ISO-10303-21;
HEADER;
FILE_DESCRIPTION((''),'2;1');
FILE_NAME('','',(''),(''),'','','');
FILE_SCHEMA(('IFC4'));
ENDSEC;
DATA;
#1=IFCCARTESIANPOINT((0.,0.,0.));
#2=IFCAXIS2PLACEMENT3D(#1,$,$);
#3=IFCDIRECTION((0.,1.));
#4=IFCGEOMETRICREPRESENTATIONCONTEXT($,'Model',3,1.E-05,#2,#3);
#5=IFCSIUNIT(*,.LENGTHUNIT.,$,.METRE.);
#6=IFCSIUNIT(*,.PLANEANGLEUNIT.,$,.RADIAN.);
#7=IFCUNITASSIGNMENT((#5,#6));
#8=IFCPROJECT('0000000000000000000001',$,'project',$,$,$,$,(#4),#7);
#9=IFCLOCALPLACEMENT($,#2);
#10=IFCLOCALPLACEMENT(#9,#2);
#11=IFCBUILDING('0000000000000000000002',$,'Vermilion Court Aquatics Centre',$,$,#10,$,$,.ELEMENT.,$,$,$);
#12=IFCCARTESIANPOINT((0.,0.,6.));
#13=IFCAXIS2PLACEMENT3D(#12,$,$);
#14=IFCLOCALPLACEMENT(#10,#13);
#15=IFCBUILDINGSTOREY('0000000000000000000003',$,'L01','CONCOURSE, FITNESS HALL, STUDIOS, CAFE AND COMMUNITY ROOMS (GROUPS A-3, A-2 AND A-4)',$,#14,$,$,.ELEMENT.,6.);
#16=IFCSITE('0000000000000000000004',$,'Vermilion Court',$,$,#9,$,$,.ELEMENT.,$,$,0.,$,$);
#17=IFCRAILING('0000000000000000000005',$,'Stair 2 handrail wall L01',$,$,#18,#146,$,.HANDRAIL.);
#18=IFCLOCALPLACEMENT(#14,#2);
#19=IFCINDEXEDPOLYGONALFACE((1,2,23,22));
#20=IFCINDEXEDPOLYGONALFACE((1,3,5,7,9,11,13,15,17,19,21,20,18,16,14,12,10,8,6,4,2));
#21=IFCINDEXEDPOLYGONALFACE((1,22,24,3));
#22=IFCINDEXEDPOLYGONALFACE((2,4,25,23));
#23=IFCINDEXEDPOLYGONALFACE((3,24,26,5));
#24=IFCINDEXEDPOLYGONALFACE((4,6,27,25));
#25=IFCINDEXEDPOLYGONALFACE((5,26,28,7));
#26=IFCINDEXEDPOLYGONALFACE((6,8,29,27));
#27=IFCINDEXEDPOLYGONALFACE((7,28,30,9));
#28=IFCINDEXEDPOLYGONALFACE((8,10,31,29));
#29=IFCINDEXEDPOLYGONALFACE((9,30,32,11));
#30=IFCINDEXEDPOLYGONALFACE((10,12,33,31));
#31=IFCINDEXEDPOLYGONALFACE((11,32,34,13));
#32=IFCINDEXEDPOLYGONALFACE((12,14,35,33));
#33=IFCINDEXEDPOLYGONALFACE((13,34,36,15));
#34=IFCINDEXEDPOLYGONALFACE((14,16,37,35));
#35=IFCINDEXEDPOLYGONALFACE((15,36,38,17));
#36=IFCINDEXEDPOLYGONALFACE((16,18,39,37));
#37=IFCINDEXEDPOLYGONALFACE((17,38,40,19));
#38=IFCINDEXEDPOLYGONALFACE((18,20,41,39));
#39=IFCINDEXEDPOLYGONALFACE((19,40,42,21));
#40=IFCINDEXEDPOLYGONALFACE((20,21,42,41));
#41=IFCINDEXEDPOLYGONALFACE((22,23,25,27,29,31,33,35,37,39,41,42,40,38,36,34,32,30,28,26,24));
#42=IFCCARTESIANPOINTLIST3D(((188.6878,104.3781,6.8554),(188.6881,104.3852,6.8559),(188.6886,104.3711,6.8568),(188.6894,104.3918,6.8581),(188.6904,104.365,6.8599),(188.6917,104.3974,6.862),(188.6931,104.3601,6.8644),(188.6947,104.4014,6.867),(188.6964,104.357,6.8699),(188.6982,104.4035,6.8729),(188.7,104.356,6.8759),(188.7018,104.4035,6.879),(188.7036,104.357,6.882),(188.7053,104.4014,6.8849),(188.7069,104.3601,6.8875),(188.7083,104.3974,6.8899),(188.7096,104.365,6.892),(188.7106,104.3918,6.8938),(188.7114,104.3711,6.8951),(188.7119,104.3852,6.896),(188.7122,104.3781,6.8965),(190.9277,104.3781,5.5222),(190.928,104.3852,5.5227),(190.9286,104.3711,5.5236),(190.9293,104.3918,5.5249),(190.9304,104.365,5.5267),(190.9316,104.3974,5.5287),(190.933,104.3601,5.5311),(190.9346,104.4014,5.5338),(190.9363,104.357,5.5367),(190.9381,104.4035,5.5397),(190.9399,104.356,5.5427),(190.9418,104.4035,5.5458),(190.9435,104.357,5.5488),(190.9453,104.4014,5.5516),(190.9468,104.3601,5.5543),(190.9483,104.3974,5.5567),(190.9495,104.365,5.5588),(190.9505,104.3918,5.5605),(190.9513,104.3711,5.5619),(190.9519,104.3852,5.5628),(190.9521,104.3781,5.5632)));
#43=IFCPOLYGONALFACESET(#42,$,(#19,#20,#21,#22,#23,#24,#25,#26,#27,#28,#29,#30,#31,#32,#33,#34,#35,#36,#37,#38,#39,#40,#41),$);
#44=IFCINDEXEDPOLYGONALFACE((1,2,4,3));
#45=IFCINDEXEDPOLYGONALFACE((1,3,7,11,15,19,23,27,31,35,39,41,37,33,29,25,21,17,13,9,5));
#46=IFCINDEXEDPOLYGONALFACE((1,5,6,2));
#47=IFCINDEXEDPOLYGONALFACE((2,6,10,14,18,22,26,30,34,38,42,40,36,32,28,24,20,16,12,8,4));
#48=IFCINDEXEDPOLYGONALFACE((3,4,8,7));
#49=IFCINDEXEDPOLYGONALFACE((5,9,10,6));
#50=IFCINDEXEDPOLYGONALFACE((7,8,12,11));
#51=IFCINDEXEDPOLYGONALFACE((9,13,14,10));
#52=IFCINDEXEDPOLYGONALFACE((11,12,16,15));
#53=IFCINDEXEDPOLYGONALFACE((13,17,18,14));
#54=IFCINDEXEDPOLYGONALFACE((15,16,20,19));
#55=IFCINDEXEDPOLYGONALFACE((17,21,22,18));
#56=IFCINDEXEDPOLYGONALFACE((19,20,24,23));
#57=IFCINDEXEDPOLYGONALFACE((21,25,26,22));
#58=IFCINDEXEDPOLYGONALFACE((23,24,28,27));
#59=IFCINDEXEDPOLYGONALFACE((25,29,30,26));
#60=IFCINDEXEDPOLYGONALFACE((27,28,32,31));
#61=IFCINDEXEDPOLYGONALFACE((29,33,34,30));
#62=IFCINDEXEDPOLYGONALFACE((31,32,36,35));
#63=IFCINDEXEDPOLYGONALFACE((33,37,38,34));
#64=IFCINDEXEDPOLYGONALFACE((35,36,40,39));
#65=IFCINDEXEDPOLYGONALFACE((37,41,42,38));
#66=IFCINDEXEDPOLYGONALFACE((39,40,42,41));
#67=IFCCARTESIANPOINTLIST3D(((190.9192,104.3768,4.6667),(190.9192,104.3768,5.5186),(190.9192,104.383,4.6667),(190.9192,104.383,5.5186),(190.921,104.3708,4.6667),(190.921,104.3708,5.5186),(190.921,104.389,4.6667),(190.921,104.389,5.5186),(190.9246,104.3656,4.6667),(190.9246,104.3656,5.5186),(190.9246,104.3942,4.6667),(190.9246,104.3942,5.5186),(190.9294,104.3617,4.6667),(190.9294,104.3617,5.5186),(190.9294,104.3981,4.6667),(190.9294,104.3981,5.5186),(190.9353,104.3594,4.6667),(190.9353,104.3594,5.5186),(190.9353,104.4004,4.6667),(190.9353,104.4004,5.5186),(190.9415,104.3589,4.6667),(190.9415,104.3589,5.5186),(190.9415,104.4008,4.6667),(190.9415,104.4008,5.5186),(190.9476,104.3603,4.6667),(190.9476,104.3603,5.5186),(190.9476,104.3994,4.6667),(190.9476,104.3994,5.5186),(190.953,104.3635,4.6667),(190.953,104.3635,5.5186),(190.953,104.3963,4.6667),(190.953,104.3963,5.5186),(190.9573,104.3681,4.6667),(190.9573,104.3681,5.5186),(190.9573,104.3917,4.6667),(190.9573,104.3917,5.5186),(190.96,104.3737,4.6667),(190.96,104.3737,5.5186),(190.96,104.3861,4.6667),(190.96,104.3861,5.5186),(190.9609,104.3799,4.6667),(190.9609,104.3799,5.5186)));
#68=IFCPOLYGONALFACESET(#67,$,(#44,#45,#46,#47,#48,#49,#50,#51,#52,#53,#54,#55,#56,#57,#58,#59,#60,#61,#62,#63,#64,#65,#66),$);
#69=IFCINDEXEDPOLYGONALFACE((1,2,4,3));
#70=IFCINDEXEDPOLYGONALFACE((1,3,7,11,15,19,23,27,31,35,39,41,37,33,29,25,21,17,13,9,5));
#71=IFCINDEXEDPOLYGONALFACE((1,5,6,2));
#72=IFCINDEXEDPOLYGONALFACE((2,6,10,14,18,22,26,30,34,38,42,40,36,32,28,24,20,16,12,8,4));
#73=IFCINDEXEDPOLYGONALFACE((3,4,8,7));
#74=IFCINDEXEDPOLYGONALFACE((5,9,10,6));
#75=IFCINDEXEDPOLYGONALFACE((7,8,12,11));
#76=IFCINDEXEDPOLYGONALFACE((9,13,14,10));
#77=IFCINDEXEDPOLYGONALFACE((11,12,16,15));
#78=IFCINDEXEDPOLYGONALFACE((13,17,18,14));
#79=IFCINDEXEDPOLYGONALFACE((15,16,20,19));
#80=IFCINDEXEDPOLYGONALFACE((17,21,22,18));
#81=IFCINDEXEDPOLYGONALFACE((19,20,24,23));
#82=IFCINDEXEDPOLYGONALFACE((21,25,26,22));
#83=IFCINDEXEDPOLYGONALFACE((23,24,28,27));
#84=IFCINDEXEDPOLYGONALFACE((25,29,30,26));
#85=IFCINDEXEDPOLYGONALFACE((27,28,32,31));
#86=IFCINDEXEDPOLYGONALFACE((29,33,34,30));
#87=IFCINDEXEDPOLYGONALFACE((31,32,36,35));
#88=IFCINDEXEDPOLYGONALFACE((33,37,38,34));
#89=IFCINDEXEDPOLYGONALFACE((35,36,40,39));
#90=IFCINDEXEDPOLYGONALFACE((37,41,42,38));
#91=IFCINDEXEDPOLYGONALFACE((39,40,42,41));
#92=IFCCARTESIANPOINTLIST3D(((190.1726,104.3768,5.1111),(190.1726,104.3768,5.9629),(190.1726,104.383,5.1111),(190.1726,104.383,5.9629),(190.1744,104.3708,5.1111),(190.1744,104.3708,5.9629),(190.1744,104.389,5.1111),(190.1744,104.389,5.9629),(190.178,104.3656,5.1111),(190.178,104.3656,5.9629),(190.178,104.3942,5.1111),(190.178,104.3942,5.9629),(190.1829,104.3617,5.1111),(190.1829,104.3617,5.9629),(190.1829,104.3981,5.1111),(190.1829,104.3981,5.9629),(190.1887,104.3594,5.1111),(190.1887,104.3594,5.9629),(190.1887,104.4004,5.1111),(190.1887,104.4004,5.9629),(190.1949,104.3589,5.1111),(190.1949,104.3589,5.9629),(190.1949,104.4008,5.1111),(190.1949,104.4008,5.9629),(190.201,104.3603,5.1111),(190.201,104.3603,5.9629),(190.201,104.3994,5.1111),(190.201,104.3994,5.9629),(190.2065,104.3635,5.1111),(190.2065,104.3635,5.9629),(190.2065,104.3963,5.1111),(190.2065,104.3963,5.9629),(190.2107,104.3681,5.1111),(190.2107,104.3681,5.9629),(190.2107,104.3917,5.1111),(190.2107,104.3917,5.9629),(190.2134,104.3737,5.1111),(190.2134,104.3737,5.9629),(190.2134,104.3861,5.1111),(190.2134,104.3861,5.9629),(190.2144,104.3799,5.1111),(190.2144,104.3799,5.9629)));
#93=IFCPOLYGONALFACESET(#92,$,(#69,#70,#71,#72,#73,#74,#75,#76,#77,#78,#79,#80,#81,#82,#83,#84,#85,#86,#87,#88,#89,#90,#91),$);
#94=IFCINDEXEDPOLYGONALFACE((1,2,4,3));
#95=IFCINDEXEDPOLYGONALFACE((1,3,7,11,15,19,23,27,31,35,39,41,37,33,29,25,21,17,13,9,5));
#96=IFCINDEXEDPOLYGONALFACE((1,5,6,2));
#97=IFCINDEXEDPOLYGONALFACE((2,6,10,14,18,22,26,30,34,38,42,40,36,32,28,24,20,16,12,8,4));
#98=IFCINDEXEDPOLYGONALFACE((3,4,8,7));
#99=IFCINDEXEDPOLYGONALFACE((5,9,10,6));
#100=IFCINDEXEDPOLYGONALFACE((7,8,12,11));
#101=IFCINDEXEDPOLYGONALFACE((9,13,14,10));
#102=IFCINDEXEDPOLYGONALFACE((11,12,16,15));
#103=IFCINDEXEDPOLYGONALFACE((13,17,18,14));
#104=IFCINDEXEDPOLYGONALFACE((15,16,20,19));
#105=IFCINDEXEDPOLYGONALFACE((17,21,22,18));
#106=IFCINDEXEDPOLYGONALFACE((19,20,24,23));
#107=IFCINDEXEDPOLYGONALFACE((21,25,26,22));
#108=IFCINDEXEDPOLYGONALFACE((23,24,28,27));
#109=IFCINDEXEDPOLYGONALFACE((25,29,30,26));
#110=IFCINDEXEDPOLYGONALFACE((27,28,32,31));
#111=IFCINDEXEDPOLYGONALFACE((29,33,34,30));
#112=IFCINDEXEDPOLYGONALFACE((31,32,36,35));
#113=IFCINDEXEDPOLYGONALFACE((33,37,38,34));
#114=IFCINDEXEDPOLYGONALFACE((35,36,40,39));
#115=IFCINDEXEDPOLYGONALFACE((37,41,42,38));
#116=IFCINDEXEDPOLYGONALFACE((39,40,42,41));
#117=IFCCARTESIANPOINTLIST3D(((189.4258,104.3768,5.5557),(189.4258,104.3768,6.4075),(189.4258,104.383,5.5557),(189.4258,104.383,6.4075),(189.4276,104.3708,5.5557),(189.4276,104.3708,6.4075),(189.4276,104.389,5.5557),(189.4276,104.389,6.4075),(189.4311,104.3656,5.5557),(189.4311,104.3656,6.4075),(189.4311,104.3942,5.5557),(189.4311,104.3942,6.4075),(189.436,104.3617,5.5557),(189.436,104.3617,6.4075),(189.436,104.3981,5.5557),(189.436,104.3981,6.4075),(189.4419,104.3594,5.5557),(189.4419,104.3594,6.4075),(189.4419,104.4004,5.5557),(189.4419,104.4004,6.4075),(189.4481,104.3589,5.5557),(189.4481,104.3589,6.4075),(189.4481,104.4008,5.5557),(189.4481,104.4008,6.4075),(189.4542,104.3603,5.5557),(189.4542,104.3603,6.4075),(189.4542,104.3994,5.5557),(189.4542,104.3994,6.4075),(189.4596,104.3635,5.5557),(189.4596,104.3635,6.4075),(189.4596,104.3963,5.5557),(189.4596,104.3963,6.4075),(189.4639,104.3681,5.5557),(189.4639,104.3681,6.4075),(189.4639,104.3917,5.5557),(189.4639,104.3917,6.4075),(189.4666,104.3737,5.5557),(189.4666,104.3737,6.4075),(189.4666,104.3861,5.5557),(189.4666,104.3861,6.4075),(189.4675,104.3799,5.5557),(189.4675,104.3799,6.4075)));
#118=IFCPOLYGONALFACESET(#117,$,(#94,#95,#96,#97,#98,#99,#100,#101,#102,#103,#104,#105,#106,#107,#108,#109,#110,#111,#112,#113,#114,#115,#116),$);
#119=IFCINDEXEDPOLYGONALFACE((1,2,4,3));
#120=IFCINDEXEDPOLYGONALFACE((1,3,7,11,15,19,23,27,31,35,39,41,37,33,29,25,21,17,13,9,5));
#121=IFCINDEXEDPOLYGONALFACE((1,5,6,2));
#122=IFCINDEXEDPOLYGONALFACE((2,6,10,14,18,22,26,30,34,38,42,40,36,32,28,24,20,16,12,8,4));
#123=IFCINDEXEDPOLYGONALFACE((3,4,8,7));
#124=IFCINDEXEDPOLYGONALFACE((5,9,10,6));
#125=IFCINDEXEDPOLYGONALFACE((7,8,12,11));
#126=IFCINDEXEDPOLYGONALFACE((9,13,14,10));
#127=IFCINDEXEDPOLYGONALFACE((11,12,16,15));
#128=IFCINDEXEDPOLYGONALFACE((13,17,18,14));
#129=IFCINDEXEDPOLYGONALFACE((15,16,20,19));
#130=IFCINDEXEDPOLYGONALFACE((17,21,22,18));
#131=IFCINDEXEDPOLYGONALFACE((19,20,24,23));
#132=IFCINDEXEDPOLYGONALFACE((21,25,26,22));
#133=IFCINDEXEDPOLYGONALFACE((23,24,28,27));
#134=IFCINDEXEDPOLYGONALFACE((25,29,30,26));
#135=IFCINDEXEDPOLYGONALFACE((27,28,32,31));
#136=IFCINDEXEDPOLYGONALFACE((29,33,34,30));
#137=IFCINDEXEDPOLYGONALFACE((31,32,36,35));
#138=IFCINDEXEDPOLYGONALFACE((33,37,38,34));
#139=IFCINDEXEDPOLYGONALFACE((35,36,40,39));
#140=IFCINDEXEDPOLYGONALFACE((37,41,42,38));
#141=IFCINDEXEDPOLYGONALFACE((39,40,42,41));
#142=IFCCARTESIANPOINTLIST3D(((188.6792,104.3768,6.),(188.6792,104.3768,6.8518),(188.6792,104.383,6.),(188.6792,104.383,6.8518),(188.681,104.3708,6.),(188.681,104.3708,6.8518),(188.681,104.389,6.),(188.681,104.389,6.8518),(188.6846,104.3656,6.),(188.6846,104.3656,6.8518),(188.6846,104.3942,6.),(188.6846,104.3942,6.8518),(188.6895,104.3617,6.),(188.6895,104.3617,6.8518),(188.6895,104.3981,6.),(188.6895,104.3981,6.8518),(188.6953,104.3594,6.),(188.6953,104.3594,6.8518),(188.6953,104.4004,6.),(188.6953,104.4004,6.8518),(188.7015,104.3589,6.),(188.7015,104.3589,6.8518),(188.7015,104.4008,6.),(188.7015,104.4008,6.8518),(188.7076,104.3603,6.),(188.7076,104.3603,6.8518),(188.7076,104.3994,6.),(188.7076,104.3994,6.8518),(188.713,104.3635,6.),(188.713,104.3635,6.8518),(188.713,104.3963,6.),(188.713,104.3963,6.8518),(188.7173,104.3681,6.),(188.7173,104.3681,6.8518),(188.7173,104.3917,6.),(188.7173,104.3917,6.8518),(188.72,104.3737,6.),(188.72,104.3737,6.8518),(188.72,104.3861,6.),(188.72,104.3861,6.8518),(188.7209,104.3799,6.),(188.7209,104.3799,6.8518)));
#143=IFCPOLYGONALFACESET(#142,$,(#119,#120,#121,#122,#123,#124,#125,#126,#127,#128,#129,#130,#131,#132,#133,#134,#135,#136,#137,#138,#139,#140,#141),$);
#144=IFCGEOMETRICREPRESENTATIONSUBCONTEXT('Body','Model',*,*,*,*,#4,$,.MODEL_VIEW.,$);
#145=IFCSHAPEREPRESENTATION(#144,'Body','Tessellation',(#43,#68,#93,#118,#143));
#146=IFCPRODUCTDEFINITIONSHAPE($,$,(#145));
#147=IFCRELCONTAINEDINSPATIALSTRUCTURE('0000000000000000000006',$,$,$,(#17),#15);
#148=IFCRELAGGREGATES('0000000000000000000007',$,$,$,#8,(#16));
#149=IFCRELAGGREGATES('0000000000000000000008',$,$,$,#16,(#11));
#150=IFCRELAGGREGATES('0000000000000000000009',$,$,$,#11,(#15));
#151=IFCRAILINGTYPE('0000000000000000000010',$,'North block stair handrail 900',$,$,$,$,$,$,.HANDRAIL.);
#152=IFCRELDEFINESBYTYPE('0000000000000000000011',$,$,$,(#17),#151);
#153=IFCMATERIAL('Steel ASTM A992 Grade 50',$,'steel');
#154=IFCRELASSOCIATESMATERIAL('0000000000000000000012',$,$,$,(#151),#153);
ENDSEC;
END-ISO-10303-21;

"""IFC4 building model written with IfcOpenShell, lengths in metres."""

from ifc_helpers import new_model, si_unit, direction, frame, origin, origin_2d, place, context, subcontext, project, spatial, circle, extrude, material, type_object, element, save


model = new_model("IFC4")

# Units and contexts
model_context = context("Model", 3, precision=1e-05, world=origin(), true_north=direction((0.0, 1.0)))
body_context = subcontext(model_context, "Body", "Model", "MODEL_VIEW")
ifc_project = project(units=[si_unit("LENGTHUNIT", "METRE"), si_unit("PLANEANGLEUNIT", "RADIAN")], contexts=[model_context])

# Site, building, storey
site_placement = place(None, origin())
site = spatial("IfcSite", under=ifc_project, at=site_placement, Name="Vermilion Court", CompositionType="ELEMENT", RefElevation=0.0)
building_placement = place(site_placement, origin())
building = spatial("IfcBuilding", under=site, at=building_placement, Name="Vermilion Court Aquatics Centre", CompositionType="ELEMENT")
storey_placement = place(building_placement, frame((0.0, 0.0, 6.0)))
storey = spatial("IfcBuildingStorey", under=building, at=storey_placement, Name="L01", Description="CONCOURSE, FITNESS HALL, STUDIOS, CAFE AND COMMUNITY ROOMS (GROUPS A-3, A-2 AND A-4)", CompositionType="ELEMENT", Elevation=6.0)

# Railing
ifc_material_1 = material(Name="Steel ASTM A992 Grade 50", Category="steel")
railing_type_1 = type_object("IfcRailingType", Name="North block stair handrail 900", PredefinedType="HANDRAIL", material=ifc_material_1)
for number, where, name in (
    (1, (190.9399, 104.3799, 4.6667), "Stair 2 handrail wall L01"),
):
    element("IfcRailing", number, at=place(storey_placement, frame(where)), inside=storey, type_object=railing_type_1, Name=name, PredefinedType="HANDRAIL", context=body_context, shape_type="SweptSolid", body=[
        extrude(circle(Radius=0.0239, at=origin_2d()), frame((0.0, 0.0, 0.876), z_axis=(-0.859306, 0.0, 0.511462), x_axis=(0.0, -1.0, 0.0)), (0.0, 0.0, 1.0), 2.6067),
        extrude(circle(Radius=0.021, at=origin_2d()), origin(), (0.0, 0.0, 1.0), 0.8518),
        extrude(circle(Radius=0.021, at=origin_2d()), frame((-0.7466, 0.0, 0.4443)), (0.0, 0.0, 1.0), 0.8518),
        extrude(circle(Radius=0.021, at=origin_2d()), frame((-1.4934, 0.0, 0.8889)), (0.0, 0.0, 1.0), 0.8518),
        extrude(circle(Radius=0.021, at=origin_2d()), frame((-2.24, 0.0, 1.3333)), (0.0, 0.0, 1.0), 0.8518),
    ])

save(model, "model.ifc")
